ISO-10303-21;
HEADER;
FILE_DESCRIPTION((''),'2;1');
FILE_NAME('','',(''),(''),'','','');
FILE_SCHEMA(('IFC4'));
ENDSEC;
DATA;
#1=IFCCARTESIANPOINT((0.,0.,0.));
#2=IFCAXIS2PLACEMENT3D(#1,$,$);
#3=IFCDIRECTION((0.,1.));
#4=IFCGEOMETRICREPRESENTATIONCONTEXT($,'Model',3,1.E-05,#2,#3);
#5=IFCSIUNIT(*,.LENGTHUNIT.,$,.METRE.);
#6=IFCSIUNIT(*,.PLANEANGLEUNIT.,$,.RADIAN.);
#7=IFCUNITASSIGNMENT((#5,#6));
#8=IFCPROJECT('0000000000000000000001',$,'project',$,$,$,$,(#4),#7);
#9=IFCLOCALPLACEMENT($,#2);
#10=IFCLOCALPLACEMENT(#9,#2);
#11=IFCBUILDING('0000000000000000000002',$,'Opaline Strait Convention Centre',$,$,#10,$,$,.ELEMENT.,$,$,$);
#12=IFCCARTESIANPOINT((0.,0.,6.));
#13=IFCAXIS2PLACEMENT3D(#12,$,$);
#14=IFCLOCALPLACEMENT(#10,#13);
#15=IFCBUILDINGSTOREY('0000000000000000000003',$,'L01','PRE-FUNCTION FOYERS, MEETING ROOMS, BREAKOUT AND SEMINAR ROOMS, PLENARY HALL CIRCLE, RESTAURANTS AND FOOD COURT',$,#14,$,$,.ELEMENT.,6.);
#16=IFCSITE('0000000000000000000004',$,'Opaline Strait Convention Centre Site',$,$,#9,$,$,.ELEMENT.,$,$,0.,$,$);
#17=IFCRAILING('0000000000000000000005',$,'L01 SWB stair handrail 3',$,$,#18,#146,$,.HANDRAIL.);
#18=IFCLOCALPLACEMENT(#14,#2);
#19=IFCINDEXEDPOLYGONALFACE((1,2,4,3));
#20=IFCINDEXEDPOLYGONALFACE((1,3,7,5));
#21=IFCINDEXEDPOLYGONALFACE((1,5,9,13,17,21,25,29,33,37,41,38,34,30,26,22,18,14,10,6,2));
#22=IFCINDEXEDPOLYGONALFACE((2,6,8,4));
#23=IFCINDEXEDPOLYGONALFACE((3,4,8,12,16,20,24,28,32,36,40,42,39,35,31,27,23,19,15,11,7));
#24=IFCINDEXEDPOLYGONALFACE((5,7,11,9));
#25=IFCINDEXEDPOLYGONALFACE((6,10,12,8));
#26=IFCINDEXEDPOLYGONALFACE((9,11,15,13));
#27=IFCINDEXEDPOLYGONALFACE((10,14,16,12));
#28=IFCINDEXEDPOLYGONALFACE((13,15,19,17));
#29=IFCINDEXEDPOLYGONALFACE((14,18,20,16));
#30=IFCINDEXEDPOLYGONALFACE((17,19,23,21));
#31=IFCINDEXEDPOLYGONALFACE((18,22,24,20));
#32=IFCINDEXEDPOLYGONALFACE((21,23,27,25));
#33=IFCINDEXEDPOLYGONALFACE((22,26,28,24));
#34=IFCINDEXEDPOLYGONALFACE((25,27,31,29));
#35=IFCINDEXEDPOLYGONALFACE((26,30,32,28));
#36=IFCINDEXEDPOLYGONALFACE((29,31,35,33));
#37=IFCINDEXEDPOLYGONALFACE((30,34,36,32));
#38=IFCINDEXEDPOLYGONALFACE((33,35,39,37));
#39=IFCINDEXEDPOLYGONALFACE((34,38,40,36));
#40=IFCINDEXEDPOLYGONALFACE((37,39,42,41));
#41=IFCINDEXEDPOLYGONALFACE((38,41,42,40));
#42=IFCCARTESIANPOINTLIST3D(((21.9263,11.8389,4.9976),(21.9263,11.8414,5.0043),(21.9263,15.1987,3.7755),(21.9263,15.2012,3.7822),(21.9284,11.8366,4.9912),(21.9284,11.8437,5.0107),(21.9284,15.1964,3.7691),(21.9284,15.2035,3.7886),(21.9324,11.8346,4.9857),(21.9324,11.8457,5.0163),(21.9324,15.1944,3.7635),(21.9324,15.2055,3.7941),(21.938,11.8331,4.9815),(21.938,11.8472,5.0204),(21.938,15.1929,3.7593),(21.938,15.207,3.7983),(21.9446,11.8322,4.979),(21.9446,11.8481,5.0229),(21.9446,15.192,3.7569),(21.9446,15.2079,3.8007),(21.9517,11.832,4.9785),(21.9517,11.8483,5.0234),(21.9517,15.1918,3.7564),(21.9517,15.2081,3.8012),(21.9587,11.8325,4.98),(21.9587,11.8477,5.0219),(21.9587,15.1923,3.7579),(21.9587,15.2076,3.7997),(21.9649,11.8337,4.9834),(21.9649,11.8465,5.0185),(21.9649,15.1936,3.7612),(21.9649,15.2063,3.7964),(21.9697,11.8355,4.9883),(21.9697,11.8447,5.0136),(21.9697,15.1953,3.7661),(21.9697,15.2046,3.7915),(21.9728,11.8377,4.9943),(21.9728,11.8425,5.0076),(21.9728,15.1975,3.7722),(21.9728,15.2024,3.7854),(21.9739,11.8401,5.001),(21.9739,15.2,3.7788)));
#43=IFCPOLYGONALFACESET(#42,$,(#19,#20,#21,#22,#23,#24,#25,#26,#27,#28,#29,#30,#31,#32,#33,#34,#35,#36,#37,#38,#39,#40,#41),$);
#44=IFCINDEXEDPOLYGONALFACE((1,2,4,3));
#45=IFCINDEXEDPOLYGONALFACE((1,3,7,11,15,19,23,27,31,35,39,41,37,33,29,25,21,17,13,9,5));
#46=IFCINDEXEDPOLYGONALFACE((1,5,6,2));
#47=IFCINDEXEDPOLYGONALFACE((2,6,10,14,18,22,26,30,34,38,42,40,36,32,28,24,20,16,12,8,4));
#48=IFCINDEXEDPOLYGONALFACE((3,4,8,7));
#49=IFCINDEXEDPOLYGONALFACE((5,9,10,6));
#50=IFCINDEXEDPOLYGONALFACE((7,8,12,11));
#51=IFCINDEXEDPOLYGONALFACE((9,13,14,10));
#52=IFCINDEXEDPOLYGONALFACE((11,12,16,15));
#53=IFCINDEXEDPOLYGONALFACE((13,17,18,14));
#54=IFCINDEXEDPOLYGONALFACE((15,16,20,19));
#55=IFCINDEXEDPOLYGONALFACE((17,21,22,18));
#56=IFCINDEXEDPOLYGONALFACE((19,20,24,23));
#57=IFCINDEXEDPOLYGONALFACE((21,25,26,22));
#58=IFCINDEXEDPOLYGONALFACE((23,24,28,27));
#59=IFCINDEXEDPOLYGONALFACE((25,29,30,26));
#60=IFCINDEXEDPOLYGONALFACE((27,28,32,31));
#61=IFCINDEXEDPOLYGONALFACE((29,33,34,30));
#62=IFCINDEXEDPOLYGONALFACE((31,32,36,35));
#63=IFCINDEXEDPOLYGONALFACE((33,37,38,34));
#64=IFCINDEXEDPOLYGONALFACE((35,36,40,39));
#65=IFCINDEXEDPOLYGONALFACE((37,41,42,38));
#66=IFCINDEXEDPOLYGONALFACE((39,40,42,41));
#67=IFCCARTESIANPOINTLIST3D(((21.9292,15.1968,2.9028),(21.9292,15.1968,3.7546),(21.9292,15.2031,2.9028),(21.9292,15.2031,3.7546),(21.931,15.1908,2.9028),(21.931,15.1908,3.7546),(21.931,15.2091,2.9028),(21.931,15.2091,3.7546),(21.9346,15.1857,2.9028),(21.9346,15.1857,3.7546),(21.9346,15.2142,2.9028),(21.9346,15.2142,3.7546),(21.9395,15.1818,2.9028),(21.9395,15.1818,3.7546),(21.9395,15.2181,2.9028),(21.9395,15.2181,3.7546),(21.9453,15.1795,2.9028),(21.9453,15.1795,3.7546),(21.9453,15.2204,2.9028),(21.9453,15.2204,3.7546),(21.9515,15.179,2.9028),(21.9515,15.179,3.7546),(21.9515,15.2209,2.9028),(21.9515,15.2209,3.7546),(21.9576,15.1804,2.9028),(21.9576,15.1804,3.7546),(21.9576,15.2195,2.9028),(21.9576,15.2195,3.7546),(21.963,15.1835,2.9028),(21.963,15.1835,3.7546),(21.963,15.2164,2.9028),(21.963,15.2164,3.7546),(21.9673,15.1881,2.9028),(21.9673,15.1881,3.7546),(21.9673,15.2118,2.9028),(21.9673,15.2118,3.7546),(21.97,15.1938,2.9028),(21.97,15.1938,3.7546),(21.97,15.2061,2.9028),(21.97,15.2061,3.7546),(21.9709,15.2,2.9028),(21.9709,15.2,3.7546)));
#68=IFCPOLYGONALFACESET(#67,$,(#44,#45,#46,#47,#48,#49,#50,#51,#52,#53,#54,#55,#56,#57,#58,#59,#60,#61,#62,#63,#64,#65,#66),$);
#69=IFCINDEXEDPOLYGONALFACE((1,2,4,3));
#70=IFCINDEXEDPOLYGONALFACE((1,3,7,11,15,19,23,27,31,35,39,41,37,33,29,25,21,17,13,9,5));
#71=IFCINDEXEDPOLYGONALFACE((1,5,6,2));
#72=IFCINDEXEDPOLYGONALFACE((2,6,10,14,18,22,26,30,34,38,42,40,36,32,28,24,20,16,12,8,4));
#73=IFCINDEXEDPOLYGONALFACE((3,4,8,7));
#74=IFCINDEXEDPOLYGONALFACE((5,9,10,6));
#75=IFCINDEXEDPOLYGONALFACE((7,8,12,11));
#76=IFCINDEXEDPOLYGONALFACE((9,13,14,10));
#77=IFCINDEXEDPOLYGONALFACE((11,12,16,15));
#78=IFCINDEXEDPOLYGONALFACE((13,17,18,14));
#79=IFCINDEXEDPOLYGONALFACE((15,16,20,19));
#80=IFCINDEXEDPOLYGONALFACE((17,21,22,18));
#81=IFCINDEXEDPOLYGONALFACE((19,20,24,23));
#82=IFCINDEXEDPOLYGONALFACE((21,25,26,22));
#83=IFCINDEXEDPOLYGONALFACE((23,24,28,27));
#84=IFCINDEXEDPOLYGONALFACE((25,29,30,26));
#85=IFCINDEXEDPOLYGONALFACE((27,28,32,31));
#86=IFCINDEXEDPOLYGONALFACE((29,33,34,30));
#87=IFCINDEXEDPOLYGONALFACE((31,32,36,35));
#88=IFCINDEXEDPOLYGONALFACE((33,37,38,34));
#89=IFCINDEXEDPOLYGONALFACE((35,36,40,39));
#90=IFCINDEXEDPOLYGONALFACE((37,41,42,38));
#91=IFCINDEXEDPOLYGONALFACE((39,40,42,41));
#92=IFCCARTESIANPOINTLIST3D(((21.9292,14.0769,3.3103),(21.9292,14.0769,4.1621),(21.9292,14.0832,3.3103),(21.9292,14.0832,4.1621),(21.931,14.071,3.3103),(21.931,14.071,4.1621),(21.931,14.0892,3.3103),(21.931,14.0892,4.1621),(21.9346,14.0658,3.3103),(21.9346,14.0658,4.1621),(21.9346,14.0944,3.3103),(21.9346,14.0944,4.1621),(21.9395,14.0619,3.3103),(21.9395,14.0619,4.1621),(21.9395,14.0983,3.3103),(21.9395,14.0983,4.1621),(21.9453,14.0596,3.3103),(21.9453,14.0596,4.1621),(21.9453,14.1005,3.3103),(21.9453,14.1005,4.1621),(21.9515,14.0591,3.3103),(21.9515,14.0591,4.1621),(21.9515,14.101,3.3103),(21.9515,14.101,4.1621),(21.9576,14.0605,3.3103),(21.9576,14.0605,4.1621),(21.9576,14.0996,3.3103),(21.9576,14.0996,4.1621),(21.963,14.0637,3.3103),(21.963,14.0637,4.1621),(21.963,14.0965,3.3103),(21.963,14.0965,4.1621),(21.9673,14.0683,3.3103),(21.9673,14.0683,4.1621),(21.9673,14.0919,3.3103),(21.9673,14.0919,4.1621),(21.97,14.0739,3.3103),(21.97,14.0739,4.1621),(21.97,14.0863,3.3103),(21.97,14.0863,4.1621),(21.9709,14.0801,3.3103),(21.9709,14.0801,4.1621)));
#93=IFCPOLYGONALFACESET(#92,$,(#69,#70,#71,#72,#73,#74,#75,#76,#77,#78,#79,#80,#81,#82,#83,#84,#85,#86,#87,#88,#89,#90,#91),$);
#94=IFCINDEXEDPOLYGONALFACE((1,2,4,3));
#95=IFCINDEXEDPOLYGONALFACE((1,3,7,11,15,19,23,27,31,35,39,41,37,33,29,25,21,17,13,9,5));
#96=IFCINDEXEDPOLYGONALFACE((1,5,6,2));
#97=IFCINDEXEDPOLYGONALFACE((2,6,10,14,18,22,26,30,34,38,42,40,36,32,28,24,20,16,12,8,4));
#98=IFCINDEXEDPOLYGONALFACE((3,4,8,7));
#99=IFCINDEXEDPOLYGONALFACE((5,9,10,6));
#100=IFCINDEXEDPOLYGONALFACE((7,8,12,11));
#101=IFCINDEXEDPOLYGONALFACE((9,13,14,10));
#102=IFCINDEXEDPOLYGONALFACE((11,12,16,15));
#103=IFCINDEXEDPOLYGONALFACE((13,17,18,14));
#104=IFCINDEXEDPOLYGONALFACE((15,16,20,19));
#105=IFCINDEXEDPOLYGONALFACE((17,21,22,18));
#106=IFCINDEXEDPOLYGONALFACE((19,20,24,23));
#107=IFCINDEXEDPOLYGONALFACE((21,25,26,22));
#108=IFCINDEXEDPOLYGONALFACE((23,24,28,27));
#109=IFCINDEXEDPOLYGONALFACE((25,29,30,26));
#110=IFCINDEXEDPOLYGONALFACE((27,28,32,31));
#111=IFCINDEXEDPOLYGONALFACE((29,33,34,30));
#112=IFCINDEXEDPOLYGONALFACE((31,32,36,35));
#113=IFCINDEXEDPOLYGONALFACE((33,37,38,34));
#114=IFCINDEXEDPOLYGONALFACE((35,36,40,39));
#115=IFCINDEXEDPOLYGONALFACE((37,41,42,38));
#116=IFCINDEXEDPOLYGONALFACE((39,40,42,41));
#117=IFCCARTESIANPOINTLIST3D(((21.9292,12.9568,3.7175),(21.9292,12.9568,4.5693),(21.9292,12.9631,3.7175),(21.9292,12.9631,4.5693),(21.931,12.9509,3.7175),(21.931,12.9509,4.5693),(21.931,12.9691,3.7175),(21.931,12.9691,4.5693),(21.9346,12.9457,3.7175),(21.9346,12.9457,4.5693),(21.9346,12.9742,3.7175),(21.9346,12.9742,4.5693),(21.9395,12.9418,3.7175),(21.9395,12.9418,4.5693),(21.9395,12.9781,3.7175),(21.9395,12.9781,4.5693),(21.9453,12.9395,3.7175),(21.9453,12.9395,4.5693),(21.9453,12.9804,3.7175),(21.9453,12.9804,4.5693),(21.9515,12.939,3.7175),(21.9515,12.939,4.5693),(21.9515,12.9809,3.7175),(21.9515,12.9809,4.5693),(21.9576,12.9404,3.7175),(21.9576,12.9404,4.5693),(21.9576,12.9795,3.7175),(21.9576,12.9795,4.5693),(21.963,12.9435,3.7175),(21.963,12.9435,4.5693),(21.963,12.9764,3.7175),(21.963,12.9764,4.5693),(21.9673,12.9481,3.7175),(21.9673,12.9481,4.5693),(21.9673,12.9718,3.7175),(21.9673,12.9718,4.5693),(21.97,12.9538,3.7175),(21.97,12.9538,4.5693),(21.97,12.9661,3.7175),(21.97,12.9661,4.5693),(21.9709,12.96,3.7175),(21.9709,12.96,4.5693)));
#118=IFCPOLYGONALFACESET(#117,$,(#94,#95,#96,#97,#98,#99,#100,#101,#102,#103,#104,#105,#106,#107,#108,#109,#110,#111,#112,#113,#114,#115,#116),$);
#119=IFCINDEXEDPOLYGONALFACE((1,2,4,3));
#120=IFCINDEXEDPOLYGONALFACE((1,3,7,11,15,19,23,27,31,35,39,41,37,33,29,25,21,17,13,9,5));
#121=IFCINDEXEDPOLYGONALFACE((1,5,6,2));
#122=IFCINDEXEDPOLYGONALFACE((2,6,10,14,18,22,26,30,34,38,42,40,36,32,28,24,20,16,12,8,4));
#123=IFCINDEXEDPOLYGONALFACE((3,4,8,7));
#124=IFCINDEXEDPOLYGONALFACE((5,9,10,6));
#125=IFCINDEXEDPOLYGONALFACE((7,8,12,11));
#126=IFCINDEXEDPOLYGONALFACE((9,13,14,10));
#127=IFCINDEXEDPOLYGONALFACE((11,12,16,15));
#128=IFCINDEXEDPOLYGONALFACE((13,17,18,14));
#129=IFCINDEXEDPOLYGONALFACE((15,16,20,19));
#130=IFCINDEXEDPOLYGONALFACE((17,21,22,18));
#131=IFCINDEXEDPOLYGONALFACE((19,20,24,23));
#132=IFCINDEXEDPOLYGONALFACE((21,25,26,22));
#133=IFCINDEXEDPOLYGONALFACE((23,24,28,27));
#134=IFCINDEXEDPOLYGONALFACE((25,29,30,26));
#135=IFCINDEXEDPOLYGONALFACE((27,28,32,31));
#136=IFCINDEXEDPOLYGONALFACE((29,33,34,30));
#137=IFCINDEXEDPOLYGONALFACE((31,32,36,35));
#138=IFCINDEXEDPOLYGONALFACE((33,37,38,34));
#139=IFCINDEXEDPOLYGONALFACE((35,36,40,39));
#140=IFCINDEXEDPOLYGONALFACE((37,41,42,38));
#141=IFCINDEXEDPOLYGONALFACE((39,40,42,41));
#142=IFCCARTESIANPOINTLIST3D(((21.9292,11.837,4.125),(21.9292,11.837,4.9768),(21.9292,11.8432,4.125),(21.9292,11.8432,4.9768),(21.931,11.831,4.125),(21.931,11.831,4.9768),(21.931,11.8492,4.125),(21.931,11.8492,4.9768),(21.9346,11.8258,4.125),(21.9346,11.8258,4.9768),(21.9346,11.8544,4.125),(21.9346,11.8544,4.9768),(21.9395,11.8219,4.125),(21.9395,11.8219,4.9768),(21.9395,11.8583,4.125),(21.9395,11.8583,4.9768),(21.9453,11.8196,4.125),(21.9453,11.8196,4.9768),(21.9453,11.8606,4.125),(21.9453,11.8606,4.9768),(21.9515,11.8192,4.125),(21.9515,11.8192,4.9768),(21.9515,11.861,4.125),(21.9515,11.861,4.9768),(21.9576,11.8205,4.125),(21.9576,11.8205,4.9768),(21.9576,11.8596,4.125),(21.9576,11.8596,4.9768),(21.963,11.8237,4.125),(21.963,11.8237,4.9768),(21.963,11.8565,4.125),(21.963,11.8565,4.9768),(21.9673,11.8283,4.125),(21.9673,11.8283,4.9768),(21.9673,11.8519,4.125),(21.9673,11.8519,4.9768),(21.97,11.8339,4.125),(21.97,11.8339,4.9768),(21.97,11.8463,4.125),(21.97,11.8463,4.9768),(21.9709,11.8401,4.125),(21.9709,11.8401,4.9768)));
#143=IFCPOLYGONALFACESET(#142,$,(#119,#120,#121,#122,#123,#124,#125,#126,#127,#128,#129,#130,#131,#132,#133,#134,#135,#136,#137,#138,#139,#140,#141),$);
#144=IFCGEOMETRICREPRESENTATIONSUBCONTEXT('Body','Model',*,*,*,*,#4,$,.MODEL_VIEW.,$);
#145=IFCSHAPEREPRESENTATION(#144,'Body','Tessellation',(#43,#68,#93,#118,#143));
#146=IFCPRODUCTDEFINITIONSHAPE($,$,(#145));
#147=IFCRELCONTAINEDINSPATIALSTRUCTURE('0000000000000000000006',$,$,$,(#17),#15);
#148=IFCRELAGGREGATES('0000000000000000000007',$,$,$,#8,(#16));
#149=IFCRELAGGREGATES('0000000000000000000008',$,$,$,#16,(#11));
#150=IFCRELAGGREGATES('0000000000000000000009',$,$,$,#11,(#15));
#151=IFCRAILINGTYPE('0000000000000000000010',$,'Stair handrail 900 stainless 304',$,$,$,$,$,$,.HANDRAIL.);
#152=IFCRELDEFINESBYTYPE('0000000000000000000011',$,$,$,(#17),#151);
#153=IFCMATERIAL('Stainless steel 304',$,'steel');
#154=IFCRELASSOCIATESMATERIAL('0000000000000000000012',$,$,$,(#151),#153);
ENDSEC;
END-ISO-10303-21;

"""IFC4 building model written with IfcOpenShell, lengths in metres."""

from ifc_helpers import new_model, si_unit, direction, frame, origin, origin_2d, place, context, subcontext, project, spatial, circle, extrude, material, type_object, element, save


model = new_model("IFC4")

# Units and contexts
model_context = context("Model", 3, precision=1e-05, world=origin(), true_north=direction((0.0, 1.0)))
body_context = subcontext(model_context, "Body", "Model", "MODEL_VIEW")
ifc_project = project(units=[si_unit("LENGTHUNIT", "METRE"), si_unit("PLANEANGLEUNIT", "RADIAN")], contexts=[model_context])

# Site, building, storey
site_placement = place(None, origin())
site = spatial("IfcSite", under=ifc_project, at=site_placement, Name="Opaline Strait Convention Centre Site", CompositionType="ELEMENT", RefElevation=0.0)
building_placement = place(site_placement, origin())
building = spatial("IfcBuilding", under=site, at=building_placement, Name="Opaline Strait Convention Centre", CompositionType="ELEMENT")
storey_placement = place(building_placement, frame((0.0, 0.0, 6.0)))
storey = spatial("IfcBuildingStorey", under=building, at=storey_placement, Name="L01", Description="PRE-FUNCTION FOYERS, MEETING ROOMS, BREAKOUT AND SEMINAR ROOMS, PLENARY HALL CIRCLE, RESTAURANTS AND FOOD COURT", CompositionType="ELEMENT", Elevation=6.0)

# Railing
ifc_material_1 = material(Name="Stainless steel 304", Category="steel")
railing_type_1 = type_object("IfcRailingType", Name="Stair handrail 900 stainless 304", PredefinedType="HANDRAIL", material=ifc_material_1)
railing_1_placement = place(storey_placement, frame((21.95, 15.2, 2.9028)))
element("IfcRailing", 1, at=railing_1_placement, inside=storey, type_object=railing_type_1, Name="L01 SWB stair handrail 3", PredefinedType="HANDRAIL", context=body_context, shape_type="SweptSolid", body=[
    extrude(circle(Radius=0.0239, at=origin_2d()), frame((0.0, 0.0, 0.876), z_axis=(0.0, -0.939758, 0.341842), x_axis=(1.0, 0.0, 0.0)), (0.0, 0.0, 1.0), 3.5752),
    extrude(circle(Radius=0.021, at=origin_2d()), origin(), (0.0, 0.0, 1.0), 0.8518),
    extrude(circle(Radius=0.021, at=origin_2d()), frame((0.0, -1.1199, 0.4075)), (0.0, 0.0, 1.0), 0.8518),
    extrude(circle(Radius=0.021, at=origin_2d()), frame((0.0, -2.24, 0.8147)), (0.0, 0.0, 1.0), 0.8518),
    extrude(circle(Radius=0.021, at=origin_2d()), frame((0.0, -3.3599, 1.2222)), (0.0, 0.0, 1.0), 0.8518),
])

save(model, "model.ifc")
